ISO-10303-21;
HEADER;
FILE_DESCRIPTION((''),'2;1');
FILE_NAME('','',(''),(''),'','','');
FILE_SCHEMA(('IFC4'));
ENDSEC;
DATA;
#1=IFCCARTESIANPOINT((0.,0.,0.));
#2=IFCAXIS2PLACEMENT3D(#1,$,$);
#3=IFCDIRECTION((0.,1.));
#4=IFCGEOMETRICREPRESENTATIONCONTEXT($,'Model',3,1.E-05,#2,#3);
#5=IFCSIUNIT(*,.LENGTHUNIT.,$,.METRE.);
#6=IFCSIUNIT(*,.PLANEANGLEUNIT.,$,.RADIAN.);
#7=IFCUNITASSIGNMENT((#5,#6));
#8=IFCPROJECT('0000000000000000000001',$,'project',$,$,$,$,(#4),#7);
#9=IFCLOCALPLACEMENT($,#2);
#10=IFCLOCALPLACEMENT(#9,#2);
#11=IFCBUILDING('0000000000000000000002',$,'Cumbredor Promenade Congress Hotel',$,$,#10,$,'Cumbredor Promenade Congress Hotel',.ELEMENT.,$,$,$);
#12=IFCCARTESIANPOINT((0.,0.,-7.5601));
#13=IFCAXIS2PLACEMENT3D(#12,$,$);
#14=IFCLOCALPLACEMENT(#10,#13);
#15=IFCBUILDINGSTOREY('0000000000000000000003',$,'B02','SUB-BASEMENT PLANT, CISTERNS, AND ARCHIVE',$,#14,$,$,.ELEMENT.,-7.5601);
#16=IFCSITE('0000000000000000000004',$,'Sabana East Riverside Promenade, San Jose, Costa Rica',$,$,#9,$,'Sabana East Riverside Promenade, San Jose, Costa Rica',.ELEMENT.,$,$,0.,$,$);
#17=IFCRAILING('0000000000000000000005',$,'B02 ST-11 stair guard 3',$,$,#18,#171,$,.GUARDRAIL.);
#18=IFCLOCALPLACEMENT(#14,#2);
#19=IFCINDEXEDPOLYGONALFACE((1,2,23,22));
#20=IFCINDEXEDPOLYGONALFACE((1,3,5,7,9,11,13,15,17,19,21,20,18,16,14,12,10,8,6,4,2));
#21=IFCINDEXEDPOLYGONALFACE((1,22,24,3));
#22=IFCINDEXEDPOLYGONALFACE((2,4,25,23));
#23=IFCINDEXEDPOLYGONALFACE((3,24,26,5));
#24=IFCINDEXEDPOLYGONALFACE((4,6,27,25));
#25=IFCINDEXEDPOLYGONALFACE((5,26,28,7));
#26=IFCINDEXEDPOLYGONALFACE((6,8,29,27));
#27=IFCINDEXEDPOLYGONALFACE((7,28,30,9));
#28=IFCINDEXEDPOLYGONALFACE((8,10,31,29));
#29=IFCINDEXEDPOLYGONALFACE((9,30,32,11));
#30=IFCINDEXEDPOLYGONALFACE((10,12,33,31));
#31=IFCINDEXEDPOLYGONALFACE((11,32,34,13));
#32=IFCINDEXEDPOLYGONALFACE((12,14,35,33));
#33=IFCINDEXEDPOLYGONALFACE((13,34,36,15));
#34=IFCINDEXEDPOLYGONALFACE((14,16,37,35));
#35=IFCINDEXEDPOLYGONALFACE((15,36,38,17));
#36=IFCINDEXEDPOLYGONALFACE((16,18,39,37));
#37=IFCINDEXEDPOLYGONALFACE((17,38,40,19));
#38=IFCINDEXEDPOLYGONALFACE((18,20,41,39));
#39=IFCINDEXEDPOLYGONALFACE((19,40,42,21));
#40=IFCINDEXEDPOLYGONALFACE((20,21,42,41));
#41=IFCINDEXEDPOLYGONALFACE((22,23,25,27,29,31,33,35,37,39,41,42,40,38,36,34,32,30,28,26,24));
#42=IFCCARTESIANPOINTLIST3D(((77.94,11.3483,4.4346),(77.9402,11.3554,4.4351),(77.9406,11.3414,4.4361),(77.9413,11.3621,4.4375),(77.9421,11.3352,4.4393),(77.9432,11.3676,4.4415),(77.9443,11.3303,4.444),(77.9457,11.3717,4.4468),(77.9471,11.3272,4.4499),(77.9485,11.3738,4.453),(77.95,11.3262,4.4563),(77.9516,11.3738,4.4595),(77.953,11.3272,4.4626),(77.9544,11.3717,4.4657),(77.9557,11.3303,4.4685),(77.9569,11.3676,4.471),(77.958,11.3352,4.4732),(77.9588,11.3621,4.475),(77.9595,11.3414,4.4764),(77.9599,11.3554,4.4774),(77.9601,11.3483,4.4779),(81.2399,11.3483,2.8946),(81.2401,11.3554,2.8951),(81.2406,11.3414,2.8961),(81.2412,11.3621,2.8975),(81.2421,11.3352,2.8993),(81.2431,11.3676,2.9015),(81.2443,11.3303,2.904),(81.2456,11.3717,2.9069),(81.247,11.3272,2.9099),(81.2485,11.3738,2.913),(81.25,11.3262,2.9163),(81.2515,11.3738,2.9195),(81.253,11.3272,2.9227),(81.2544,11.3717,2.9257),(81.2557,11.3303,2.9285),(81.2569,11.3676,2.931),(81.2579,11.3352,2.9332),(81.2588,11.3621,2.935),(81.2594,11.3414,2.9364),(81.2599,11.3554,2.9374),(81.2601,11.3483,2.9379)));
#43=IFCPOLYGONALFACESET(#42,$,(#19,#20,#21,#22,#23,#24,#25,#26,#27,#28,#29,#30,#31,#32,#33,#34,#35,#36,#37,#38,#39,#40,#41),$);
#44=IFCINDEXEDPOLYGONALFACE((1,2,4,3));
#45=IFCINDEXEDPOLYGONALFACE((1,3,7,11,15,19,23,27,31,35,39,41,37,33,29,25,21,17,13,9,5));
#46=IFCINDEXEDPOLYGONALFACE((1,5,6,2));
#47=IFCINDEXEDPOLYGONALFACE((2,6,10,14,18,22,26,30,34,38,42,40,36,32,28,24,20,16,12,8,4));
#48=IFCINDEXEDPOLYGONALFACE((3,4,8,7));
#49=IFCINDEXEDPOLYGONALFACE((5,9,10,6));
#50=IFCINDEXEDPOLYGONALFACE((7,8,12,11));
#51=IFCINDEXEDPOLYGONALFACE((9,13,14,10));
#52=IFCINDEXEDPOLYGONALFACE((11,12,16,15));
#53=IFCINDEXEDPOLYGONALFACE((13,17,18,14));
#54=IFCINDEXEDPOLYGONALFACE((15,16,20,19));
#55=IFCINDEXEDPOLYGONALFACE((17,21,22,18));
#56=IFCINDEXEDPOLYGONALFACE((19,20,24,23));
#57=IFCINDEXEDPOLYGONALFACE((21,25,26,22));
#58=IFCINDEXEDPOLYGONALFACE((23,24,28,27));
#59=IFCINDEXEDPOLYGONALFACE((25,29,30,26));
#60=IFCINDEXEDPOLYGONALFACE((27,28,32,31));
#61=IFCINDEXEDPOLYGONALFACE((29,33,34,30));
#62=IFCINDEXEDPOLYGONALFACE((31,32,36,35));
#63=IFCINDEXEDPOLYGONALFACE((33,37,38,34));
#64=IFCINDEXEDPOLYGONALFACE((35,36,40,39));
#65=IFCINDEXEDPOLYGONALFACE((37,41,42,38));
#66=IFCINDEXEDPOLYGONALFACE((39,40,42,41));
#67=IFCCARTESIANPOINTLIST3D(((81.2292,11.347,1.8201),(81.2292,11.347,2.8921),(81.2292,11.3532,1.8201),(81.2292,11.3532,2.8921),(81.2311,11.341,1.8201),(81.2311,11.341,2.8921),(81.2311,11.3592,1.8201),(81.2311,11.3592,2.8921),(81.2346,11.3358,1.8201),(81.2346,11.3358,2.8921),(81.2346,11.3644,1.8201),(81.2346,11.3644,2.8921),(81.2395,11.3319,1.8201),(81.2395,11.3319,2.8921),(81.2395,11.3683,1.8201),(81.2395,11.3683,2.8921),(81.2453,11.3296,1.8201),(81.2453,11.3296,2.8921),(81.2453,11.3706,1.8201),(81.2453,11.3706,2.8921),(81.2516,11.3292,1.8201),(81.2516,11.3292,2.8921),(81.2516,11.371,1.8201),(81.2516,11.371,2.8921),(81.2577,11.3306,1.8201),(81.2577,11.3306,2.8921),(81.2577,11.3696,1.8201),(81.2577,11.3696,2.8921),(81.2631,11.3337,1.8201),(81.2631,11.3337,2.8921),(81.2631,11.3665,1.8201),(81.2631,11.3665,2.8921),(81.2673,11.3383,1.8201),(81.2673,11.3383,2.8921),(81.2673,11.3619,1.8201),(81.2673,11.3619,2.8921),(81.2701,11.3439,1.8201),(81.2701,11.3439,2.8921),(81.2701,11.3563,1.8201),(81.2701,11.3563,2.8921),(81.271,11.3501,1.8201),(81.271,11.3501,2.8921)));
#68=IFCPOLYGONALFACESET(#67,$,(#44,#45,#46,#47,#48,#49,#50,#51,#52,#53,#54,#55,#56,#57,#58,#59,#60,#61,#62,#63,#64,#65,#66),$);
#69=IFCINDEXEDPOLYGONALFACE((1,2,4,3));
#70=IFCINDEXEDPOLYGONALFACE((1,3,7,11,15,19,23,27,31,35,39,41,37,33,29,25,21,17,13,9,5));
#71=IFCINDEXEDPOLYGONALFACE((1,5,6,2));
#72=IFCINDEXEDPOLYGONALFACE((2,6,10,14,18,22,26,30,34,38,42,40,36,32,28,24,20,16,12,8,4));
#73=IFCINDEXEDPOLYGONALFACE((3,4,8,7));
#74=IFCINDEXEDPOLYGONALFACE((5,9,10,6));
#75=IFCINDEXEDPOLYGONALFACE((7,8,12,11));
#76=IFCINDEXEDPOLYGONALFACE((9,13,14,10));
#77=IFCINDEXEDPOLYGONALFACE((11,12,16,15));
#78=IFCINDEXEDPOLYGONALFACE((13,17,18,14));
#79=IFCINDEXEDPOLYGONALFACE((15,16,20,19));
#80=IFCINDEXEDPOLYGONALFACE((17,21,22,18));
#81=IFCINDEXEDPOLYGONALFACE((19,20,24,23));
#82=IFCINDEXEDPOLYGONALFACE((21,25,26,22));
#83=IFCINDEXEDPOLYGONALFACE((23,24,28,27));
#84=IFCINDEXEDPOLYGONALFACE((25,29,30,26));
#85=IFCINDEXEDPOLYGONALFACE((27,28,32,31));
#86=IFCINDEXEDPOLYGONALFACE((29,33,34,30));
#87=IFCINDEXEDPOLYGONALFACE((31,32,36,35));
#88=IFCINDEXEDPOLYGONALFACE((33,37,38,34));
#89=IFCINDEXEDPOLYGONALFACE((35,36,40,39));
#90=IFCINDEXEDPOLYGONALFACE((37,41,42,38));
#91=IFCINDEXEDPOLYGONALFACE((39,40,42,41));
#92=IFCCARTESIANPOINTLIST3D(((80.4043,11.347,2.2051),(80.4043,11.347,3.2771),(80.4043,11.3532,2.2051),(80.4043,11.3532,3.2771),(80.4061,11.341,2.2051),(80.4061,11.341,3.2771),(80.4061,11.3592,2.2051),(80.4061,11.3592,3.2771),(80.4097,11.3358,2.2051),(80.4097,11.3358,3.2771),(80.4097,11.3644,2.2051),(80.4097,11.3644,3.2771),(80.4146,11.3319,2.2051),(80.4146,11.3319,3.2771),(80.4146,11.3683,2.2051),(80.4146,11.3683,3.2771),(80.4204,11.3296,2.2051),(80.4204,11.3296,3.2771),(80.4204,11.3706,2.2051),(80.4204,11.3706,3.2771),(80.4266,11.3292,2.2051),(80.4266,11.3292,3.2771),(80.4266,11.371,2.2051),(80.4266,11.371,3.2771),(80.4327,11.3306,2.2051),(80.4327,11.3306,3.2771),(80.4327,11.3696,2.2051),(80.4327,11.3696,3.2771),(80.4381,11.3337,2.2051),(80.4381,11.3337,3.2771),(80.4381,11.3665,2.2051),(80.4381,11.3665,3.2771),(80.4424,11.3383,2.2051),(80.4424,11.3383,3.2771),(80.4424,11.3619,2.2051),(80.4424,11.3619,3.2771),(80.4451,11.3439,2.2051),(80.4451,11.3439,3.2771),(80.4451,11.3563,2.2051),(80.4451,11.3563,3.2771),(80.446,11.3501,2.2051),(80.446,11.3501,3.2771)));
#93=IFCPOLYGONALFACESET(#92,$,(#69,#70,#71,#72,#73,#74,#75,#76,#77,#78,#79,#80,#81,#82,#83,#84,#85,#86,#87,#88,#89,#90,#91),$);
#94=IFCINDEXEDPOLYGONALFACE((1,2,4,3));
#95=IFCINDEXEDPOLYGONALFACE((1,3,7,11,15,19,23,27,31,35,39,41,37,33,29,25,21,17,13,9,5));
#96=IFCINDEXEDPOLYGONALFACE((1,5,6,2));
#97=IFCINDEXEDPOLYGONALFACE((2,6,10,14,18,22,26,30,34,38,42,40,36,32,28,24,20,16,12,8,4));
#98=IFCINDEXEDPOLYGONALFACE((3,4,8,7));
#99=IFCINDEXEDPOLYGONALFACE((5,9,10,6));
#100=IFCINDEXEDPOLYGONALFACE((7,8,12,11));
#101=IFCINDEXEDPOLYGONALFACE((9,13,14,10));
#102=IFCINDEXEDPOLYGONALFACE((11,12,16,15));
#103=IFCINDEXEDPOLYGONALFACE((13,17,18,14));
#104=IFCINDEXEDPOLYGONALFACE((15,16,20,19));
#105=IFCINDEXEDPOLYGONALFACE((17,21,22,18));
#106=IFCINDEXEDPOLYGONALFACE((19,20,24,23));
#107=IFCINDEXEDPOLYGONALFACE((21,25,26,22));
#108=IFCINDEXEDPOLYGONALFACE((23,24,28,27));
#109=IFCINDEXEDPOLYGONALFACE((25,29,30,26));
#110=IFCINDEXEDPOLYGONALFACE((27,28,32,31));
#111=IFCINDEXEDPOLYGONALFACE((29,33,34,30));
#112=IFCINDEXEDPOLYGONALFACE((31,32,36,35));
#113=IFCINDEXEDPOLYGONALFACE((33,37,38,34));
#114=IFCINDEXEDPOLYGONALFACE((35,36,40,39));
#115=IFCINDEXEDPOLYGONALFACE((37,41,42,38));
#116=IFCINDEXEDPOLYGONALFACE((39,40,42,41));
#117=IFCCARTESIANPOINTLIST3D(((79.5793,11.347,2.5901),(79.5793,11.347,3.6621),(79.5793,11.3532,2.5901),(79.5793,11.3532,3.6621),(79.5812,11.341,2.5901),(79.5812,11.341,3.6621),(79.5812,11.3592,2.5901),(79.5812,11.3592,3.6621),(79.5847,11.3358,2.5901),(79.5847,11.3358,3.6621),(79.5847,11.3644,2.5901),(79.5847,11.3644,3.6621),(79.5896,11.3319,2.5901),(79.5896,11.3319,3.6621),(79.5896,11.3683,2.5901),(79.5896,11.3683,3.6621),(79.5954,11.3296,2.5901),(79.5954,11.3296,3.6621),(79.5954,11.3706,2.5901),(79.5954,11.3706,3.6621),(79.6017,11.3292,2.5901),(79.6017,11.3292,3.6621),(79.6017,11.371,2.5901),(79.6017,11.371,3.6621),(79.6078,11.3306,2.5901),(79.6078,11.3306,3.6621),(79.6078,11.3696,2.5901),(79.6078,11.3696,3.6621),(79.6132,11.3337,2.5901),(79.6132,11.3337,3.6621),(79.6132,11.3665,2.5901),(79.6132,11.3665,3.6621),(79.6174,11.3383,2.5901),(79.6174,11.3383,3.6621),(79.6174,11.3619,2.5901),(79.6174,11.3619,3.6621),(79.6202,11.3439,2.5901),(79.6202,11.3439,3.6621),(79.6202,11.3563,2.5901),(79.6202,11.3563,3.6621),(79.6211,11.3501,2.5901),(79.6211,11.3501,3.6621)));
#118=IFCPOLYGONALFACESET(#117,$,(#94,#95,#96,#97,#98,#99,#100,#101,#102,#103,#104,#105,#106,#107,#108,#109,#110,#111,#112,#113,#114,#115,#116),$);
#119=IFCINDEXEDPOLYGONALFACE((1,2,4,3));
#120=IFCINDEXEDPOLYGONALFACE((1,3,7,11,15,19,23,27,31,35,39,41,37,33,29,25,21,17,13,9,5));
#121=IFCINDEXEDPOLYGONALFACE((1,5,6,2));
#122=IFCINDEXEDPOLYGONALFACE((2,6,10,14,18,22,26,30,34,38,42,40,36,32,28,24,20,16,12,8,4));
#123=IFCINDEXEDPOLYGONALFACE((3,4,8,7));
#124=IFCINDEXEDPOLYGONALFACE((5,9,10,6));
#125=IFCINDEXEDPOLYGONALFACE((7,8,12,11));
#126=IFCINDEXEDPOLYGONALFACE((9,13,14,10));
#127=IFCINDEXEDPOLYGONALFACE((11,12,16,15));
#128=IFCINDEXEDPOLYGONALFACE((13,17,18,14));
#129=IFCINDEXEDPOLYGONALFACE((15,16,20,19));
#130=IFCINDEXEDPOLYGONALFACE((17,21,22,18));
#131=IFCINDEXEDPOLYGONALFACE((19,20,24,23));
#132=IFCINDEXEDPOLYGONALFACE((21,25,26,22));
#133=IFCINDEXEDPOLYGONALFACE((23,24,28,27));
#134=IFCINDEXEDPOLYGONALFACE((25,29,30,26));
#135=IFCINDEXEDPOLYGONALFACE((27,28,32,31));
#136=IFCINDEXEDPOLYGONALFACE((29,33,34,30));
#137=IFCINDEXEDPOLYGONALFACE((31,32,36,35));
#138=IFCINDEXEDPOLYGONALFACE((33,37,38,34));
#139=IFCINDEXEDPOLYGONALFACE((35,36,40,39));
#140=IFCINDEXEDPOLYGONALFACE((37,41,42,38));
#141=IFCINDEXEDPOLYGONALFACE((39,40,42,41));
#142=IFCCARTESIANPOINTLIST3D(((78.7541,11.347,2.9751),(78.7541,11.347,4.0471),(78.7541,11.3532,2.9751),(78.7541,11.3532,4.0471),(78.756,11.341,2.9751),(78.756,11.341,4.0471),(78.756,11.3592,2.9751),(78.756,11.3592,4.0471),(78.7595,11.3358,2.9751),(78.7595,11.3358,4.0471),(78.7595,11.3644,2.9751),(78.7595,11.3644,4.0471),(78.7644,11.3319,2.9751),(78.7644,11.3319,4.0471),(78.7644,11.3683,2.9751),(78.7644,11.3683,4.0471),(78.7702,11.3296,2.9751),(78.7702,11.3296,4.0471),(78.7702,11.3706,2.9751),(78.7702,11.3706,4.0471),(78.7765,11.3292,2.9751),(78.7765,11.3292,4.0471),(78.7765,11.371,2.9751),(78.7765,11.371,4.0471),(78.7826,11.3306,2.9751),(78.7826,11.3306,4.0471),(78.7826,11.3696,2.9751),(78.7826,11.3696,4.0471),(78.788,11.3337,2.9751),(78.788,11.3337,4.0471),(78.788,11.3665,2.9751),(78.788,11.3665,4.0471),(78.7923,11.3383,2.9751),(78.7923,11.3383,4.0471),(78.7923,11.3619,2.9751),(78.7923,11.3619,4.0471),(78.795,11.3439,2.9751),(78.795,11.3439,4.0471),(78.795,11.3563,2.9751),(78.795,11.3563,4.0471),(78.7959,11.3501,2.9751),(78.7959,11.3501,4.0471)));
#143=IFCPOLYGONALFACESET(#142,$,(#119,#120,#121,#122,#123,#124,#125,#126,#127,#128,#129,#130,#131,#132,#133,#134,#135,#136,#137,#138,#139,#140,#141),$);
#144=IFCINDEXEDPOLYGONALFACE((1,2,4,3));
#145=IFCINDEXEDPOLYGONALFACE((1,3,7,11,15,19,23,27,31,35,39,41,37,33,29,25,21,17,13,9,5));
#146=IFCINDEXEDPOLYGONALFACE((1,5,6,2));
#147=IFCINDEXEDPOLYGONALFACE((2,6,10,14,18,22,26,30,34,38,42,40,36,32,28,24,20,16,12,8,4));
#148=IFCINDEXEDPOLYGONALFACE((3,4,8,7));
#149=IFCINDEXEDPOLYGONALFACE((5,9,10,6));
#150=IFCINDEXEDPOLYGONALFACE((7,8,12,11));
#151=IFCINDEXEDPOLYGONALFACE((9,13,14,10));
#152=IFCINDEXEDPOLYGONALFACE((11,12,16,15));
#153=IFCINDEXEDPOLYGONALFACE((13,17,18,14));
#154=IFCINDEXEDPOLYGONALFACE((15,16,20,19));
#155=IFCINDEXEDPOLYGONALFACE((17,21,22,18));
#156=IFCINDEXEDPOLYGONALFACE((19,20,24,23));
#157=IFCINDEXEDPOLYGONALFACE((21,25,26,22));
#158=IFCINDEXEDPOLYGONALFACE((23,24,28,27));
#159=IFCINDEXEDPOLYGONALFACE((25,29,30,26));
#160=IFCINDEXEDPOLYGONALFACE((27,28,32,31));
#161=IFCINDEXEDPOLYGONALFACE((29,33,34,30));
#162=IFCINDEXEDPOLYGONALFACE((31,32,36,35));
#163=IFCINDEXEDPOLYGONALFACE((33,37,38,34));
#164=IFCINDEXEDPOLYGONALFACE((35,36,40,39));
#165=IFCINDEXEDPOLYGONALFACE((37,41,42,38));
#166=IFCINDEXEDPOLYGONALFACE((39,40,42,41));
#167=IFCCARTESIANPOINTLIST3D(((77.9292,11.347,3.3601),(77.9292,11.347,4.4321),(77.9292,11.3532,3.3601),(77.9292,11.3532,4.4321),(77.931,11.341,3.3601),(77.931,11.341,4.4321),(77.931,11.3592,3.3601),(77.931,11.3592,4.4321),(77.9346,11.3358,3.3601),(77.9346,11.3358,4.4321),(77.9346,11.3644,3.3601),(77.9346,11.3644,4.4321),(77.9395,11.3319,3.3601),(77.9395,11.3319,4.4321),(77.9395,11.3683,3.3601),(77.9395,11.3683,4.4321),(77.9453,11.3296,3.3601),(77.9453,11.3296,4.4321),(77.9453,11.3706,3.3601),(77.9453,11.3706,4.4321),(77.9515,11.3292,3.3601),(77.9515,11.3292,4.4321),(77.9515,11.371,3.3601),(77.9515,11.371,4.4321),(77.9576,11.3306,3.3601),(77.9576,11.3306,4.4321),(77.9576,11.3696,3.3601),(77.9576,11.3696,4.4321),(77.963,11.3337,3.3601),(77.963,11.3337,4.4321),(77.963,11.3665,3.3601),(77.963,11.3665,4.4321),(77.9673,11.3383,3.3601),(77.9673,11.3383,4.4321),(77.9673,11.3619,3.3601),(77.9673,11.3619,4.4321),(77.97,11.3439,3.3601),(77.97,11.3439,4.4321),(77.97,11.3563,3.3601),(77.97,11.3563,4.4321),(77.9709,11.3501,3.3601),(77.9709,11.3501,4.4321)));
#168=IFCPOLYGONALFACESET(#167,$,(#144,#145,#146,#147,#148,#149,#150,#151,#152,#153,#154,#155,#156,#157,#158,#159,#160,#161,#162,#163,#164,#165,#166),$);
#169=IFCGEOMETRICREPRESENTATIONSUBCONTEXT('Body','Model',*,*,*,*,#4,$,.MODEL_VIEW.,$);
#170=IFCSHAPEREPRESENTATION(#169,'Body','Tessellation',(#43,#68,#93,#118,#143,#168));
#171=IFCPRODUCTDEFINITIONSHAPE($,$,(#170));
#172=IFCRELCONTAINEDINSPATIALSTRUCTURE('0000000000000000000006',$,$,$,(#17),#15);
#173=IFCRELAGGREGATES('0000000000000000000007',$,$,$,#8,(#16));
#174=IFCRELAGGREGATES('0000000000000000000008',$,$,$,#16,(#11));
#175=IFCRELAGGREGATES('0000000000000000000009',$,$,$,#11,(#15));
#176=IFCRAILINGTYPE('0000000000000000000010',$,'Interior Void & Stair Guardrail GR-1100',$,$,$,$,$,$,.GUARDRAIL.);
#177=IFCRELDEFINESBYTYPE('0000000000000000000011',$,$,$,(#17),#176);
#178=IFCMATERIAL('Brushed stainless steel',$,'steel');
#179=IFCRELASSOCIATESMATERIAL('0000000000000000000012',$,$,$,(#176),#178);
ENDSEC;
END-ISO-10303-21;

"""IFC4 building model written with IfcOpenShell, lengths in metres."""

from ifc_helpers import new_model, si_unit, direction, frame, origin, origin_2d, place, context, subcontext, project, spatial, circle, extrude, material, type_object, element, save


model = new_model("IFC4")

# Units and contexts
model_context = context("Model", 3, precision=1e-05, world=origin(), true_north=direction((0.0, 1.0)))
body_context = subcontext(model_context, "Body", "Model", "MODEL_VIEW")
ifc_project = project(units=[si_unit("LENGTHUNIT", "METRE"), si_unit("PLANEANGLEUNIT", "RADIAN")], contexts=[model_context])

# Site, building, storey
site_placement = place(None, origin())
site = spatial("IfcSite", under=ifc_project, at=site_placement, Name="Sabana East Riverside Promenade, San Jose, Costa Rica", LongName="Sabana East Riverside Promenade, San Jose, Costa Rica", CompositionType="ELEMENT", RefElevation=0.0)
building_placement = place(site_placement, origin())
building = spatial("IfcBuilding", under=site, at=building_placement, Name="Cumbredor Promenade Congress Hotel", LongName="Cumbredor Promenade Congress Hotel", CompositionType="ELEMENT")
storey_placement = place(building_placement, frame((0.0, 0.0, -7.5601)))
storey = spatial("IfcBuildingStorey", under=building, at=storey_placement, Name="B02", Description="SUB-BASEMENT PLANT, CISTERNS, AND ARCHIVE", CompositionType="ELEMENT", Elevation=-7.5601)

# Shared definitions
ifc_material_1 = material(Name="Brushed stainless steel", Category="steel")

# Railing
railing_type_1 = type_object("IfcRailingType", Name="Interior Void & Stair Guardrail GR-1100", PredefinedType="GUARDRAIL", material=ifc_material_1)
railing_1_placement = place(storey_placement, frame((81.25, 11.3501, 1.8201)))
element("IfcRailing", 1, at=railing_1_placement, inside=storey, type_object=railing_type_1, Name="B02 ST-11 stair guard 3", PredefinedType="GUARDRAIL", context=body_context, shape_type="SweptSolid", body=[
    extrude(circle(Radius=0.0239, at=origin_2d()), frame((0.0, 0.0, 1.0962), z_axis=(-0.906181, 0.0, 0.422889), x_axis=(0.0, -1.0, 0.0)), (0.0, 0.0, 1.0), 3.6416),
    extrude(circle(Radius=0.021, at=origin_2d()), origin(), (0.0, 0.0, 1.0), 1.072),
    extrude(circle(Radius=0.021, at=origin_2d()), frame((-0.825, 0.0, 0.385)), (0.0, 0.0, 1.0), 1.072),
    extrude(circle(Radius=0.021, at=origin_2d()), frame((-1.6499, 0.0, 0.77)), (0.0, 0.0, 1.0), 1.072),
    extrude(circle(Radius=0.021, at=origin_2d()), frame((-2.4751, 0.0, 1.155)), (0.0, 0.0, 1.0), 1.072),
    extrude(circle(Radius=0.021, at=origin_2d()), frame((-3.3, 0.0, 1.54)), (0.0, 0.0, 1.0), 1.072),
])

save(model, "model.ifc")
